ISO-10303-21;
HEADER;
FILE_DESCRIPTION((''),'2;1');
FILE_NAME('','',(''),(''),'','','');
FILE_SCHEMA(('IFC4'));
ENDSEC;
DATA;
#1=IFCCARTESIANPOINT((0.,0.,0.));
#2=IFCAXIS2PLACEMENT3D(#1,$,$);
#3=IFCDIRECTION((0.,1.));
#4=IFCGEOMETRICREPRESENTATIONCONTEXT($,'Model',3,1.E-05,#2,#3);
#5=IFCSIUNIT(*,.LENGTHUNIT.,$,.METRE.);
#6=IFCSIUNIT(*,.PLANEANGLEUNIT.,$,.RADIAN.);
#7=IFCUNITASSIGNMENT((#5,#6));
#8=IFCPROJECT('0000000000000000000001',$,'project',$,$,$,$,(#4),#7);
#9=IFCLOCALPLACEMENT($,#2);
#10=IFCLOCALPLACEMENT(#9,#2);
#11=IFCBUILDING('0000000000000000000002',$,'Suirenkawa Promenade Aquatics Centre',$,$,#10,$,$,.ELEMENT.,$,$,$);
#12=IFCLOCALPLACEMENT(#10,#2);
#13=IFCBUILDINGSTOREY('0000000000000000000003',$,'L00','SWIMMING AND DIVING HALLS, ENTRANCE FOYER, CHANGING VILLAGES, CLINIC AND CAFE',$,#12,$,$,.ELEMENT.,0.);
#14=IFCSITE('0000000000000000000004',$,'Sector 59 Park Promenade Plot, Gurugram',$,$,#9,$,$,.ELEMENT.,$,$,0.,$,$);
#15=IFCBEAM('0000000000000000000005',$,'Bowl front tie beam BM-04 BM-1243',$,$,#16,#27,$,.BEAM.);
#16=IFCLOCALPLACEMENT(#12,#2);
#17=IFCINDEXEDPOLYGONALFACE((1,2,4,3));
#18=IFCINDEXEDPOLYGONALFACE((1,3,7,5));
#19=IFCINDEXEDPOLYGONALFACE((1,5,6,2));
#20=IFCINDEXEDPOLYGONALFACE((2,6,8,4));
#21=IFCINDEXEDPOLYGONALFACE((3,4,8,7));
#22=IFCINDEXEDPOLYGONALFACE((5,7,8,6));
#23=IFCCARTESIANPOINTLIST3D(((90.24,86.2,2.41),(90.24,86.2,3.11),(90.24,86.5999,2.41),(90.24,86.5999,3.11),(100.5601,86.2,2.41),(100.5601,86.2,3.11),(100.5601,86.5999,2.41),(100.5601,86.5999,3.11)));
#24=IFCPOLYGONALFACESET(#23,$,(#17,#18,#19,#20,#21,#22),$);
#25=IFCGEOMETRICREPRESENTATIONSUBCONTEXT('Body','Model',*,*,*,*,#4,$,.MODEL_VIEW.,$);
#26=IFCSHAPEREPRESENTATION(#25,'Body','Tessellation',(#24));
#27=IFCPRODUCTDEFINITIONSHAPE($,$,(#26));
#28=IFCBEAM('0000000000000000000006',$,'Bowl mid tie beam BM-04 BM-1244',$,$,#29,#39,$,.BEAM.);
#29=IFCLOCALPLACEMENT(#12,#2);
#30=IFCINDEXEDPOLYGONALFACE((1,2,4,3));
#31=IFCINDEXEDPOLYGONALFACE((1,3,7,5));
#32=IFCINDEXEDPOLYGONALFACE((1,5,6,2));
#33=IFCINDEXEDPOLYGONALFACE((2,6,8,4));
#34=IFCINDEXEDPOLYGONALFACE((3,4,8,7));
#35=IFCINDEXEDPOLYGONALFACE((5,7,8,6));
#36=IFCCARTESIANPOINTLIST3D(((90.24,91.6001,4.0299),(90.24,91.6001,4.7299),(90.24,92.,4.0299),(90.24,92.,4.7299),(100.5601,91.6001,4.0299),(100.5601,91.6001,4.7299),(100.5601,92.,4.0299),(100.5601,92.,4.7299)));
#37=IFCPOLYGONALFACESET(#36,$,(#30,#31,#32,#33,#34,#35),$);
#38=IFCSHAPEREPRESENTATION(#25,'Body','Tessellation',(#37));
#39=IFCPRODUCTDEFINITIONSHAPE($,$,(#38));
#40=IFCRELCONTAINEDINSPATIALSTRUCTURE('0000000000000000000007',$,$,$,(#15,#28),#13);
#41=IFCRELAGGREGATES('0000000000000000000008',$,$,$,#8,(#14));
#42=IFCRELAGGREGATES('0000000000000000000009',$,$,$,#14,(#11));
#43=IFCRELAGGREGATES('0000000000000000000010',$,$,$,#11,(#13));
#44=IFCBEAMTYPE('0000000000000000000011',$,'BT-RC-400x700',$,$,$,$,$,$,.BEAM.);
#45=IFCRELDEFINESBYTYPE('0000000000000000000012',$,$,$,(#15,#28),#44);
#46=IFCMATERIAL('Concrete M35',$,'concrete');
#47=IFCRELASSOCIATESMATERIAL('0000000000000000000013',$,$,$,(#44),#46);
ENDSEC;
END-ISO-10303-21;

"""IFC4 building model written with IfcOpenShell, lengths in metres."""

from ifc_helpers import new_model, si_unit, direction, frame, origin, origin_2d, place, context, subcontext, project, spatial, rectangle, extrude, material, material_profile, profile_set, type_object, element, save


model = new_model("IFC4")

# Units and contexts
model_context = context("Model", 3, precision=1e-05, world=origin(), true_north=direction((0.0, 1.0)))
body_context = subcontext(model_context, "Body", "Model", "MODEL_VIEW")
ifc_project = project(units=[si_unit("LENGTHUNIT", "METRE"), si_unit("PLANEANGLEUNIT", "RADIAN")], contexts=[model_context])

# Site, building, storey
site_placement = place(None, origin())
site = spatial("IfcSite", under=ifc_project, at=site_placement, Name="Sector 59 Park Promenade Plot, Gurugram", CompositionType="ELEMENT", RefElevation=0.0)
building_placement = place(site_placement, origin())
building = spatial("IfcBuilding", under=site, at=building_placement, Name="Suirenkawa Promenade Aquatics Centre", CompositionType="ELEMENT")
storey_placement = place(building_placement, origin())
storey = spatial("IfcBuildingStorey", under=building, at=storey_placement, Name="L00", Description="SWIMMING AND DIVING HALLS, ENTRANCE FOYER, CHANGING VILLAGES, CLINIC AND CAFE", CompositionType="ELEMENT", Elevation=0.0)

# Beams
ifc_material_1 = material(Name="Concrete M35", Category="concrete")
ifc_material_profile_1 = material_profile(ifc_material_1, rectangle(XDim=0.3999, YDim=0.7, at=origin_2d()), Name="RC BM 400x700", Category="concrete")
ifc_profile_set_1 = profile_set([ifc_material_profile_1], Name="Concrete M35")
beam_type_1 = type_object("IfcBeamType", Name="BT-RC-400x700", PredefinedType="BEAM", material=ifc_profile_set_1)
for number, where, z_axis, x_axis, name in (
    (1, (90.24, 86.3999, 2.76), (1.0, 0.0, 0.0), (0.0, 1.0, 0.0), "Bowl front tie beam BM-04 BM-1243"),
    (2, (90.24, 91.8, 4.3799), (1.0, 0.0, 0.0), (0.0, 1.0, 0.0), "Bowl mid tie beam BM-04 BM-1244"),
):
    element("IfcBeam", number, at=place(storey_placement, frame(where, z_axis=z_axis, x_axis=x_axis)), inside=storey, type_object=beam_type_1, Name=name, PredefinedType="BEAM", context=body_context, shape_type="SweptSolid", body=[
        extrude(rectangle(XDim=0.3999, YDim=0.7, at=origin_2d()), origin(), (0.0, 0.0, 1.0), 10.3201),
    ])

save(model, "model.ifc")
